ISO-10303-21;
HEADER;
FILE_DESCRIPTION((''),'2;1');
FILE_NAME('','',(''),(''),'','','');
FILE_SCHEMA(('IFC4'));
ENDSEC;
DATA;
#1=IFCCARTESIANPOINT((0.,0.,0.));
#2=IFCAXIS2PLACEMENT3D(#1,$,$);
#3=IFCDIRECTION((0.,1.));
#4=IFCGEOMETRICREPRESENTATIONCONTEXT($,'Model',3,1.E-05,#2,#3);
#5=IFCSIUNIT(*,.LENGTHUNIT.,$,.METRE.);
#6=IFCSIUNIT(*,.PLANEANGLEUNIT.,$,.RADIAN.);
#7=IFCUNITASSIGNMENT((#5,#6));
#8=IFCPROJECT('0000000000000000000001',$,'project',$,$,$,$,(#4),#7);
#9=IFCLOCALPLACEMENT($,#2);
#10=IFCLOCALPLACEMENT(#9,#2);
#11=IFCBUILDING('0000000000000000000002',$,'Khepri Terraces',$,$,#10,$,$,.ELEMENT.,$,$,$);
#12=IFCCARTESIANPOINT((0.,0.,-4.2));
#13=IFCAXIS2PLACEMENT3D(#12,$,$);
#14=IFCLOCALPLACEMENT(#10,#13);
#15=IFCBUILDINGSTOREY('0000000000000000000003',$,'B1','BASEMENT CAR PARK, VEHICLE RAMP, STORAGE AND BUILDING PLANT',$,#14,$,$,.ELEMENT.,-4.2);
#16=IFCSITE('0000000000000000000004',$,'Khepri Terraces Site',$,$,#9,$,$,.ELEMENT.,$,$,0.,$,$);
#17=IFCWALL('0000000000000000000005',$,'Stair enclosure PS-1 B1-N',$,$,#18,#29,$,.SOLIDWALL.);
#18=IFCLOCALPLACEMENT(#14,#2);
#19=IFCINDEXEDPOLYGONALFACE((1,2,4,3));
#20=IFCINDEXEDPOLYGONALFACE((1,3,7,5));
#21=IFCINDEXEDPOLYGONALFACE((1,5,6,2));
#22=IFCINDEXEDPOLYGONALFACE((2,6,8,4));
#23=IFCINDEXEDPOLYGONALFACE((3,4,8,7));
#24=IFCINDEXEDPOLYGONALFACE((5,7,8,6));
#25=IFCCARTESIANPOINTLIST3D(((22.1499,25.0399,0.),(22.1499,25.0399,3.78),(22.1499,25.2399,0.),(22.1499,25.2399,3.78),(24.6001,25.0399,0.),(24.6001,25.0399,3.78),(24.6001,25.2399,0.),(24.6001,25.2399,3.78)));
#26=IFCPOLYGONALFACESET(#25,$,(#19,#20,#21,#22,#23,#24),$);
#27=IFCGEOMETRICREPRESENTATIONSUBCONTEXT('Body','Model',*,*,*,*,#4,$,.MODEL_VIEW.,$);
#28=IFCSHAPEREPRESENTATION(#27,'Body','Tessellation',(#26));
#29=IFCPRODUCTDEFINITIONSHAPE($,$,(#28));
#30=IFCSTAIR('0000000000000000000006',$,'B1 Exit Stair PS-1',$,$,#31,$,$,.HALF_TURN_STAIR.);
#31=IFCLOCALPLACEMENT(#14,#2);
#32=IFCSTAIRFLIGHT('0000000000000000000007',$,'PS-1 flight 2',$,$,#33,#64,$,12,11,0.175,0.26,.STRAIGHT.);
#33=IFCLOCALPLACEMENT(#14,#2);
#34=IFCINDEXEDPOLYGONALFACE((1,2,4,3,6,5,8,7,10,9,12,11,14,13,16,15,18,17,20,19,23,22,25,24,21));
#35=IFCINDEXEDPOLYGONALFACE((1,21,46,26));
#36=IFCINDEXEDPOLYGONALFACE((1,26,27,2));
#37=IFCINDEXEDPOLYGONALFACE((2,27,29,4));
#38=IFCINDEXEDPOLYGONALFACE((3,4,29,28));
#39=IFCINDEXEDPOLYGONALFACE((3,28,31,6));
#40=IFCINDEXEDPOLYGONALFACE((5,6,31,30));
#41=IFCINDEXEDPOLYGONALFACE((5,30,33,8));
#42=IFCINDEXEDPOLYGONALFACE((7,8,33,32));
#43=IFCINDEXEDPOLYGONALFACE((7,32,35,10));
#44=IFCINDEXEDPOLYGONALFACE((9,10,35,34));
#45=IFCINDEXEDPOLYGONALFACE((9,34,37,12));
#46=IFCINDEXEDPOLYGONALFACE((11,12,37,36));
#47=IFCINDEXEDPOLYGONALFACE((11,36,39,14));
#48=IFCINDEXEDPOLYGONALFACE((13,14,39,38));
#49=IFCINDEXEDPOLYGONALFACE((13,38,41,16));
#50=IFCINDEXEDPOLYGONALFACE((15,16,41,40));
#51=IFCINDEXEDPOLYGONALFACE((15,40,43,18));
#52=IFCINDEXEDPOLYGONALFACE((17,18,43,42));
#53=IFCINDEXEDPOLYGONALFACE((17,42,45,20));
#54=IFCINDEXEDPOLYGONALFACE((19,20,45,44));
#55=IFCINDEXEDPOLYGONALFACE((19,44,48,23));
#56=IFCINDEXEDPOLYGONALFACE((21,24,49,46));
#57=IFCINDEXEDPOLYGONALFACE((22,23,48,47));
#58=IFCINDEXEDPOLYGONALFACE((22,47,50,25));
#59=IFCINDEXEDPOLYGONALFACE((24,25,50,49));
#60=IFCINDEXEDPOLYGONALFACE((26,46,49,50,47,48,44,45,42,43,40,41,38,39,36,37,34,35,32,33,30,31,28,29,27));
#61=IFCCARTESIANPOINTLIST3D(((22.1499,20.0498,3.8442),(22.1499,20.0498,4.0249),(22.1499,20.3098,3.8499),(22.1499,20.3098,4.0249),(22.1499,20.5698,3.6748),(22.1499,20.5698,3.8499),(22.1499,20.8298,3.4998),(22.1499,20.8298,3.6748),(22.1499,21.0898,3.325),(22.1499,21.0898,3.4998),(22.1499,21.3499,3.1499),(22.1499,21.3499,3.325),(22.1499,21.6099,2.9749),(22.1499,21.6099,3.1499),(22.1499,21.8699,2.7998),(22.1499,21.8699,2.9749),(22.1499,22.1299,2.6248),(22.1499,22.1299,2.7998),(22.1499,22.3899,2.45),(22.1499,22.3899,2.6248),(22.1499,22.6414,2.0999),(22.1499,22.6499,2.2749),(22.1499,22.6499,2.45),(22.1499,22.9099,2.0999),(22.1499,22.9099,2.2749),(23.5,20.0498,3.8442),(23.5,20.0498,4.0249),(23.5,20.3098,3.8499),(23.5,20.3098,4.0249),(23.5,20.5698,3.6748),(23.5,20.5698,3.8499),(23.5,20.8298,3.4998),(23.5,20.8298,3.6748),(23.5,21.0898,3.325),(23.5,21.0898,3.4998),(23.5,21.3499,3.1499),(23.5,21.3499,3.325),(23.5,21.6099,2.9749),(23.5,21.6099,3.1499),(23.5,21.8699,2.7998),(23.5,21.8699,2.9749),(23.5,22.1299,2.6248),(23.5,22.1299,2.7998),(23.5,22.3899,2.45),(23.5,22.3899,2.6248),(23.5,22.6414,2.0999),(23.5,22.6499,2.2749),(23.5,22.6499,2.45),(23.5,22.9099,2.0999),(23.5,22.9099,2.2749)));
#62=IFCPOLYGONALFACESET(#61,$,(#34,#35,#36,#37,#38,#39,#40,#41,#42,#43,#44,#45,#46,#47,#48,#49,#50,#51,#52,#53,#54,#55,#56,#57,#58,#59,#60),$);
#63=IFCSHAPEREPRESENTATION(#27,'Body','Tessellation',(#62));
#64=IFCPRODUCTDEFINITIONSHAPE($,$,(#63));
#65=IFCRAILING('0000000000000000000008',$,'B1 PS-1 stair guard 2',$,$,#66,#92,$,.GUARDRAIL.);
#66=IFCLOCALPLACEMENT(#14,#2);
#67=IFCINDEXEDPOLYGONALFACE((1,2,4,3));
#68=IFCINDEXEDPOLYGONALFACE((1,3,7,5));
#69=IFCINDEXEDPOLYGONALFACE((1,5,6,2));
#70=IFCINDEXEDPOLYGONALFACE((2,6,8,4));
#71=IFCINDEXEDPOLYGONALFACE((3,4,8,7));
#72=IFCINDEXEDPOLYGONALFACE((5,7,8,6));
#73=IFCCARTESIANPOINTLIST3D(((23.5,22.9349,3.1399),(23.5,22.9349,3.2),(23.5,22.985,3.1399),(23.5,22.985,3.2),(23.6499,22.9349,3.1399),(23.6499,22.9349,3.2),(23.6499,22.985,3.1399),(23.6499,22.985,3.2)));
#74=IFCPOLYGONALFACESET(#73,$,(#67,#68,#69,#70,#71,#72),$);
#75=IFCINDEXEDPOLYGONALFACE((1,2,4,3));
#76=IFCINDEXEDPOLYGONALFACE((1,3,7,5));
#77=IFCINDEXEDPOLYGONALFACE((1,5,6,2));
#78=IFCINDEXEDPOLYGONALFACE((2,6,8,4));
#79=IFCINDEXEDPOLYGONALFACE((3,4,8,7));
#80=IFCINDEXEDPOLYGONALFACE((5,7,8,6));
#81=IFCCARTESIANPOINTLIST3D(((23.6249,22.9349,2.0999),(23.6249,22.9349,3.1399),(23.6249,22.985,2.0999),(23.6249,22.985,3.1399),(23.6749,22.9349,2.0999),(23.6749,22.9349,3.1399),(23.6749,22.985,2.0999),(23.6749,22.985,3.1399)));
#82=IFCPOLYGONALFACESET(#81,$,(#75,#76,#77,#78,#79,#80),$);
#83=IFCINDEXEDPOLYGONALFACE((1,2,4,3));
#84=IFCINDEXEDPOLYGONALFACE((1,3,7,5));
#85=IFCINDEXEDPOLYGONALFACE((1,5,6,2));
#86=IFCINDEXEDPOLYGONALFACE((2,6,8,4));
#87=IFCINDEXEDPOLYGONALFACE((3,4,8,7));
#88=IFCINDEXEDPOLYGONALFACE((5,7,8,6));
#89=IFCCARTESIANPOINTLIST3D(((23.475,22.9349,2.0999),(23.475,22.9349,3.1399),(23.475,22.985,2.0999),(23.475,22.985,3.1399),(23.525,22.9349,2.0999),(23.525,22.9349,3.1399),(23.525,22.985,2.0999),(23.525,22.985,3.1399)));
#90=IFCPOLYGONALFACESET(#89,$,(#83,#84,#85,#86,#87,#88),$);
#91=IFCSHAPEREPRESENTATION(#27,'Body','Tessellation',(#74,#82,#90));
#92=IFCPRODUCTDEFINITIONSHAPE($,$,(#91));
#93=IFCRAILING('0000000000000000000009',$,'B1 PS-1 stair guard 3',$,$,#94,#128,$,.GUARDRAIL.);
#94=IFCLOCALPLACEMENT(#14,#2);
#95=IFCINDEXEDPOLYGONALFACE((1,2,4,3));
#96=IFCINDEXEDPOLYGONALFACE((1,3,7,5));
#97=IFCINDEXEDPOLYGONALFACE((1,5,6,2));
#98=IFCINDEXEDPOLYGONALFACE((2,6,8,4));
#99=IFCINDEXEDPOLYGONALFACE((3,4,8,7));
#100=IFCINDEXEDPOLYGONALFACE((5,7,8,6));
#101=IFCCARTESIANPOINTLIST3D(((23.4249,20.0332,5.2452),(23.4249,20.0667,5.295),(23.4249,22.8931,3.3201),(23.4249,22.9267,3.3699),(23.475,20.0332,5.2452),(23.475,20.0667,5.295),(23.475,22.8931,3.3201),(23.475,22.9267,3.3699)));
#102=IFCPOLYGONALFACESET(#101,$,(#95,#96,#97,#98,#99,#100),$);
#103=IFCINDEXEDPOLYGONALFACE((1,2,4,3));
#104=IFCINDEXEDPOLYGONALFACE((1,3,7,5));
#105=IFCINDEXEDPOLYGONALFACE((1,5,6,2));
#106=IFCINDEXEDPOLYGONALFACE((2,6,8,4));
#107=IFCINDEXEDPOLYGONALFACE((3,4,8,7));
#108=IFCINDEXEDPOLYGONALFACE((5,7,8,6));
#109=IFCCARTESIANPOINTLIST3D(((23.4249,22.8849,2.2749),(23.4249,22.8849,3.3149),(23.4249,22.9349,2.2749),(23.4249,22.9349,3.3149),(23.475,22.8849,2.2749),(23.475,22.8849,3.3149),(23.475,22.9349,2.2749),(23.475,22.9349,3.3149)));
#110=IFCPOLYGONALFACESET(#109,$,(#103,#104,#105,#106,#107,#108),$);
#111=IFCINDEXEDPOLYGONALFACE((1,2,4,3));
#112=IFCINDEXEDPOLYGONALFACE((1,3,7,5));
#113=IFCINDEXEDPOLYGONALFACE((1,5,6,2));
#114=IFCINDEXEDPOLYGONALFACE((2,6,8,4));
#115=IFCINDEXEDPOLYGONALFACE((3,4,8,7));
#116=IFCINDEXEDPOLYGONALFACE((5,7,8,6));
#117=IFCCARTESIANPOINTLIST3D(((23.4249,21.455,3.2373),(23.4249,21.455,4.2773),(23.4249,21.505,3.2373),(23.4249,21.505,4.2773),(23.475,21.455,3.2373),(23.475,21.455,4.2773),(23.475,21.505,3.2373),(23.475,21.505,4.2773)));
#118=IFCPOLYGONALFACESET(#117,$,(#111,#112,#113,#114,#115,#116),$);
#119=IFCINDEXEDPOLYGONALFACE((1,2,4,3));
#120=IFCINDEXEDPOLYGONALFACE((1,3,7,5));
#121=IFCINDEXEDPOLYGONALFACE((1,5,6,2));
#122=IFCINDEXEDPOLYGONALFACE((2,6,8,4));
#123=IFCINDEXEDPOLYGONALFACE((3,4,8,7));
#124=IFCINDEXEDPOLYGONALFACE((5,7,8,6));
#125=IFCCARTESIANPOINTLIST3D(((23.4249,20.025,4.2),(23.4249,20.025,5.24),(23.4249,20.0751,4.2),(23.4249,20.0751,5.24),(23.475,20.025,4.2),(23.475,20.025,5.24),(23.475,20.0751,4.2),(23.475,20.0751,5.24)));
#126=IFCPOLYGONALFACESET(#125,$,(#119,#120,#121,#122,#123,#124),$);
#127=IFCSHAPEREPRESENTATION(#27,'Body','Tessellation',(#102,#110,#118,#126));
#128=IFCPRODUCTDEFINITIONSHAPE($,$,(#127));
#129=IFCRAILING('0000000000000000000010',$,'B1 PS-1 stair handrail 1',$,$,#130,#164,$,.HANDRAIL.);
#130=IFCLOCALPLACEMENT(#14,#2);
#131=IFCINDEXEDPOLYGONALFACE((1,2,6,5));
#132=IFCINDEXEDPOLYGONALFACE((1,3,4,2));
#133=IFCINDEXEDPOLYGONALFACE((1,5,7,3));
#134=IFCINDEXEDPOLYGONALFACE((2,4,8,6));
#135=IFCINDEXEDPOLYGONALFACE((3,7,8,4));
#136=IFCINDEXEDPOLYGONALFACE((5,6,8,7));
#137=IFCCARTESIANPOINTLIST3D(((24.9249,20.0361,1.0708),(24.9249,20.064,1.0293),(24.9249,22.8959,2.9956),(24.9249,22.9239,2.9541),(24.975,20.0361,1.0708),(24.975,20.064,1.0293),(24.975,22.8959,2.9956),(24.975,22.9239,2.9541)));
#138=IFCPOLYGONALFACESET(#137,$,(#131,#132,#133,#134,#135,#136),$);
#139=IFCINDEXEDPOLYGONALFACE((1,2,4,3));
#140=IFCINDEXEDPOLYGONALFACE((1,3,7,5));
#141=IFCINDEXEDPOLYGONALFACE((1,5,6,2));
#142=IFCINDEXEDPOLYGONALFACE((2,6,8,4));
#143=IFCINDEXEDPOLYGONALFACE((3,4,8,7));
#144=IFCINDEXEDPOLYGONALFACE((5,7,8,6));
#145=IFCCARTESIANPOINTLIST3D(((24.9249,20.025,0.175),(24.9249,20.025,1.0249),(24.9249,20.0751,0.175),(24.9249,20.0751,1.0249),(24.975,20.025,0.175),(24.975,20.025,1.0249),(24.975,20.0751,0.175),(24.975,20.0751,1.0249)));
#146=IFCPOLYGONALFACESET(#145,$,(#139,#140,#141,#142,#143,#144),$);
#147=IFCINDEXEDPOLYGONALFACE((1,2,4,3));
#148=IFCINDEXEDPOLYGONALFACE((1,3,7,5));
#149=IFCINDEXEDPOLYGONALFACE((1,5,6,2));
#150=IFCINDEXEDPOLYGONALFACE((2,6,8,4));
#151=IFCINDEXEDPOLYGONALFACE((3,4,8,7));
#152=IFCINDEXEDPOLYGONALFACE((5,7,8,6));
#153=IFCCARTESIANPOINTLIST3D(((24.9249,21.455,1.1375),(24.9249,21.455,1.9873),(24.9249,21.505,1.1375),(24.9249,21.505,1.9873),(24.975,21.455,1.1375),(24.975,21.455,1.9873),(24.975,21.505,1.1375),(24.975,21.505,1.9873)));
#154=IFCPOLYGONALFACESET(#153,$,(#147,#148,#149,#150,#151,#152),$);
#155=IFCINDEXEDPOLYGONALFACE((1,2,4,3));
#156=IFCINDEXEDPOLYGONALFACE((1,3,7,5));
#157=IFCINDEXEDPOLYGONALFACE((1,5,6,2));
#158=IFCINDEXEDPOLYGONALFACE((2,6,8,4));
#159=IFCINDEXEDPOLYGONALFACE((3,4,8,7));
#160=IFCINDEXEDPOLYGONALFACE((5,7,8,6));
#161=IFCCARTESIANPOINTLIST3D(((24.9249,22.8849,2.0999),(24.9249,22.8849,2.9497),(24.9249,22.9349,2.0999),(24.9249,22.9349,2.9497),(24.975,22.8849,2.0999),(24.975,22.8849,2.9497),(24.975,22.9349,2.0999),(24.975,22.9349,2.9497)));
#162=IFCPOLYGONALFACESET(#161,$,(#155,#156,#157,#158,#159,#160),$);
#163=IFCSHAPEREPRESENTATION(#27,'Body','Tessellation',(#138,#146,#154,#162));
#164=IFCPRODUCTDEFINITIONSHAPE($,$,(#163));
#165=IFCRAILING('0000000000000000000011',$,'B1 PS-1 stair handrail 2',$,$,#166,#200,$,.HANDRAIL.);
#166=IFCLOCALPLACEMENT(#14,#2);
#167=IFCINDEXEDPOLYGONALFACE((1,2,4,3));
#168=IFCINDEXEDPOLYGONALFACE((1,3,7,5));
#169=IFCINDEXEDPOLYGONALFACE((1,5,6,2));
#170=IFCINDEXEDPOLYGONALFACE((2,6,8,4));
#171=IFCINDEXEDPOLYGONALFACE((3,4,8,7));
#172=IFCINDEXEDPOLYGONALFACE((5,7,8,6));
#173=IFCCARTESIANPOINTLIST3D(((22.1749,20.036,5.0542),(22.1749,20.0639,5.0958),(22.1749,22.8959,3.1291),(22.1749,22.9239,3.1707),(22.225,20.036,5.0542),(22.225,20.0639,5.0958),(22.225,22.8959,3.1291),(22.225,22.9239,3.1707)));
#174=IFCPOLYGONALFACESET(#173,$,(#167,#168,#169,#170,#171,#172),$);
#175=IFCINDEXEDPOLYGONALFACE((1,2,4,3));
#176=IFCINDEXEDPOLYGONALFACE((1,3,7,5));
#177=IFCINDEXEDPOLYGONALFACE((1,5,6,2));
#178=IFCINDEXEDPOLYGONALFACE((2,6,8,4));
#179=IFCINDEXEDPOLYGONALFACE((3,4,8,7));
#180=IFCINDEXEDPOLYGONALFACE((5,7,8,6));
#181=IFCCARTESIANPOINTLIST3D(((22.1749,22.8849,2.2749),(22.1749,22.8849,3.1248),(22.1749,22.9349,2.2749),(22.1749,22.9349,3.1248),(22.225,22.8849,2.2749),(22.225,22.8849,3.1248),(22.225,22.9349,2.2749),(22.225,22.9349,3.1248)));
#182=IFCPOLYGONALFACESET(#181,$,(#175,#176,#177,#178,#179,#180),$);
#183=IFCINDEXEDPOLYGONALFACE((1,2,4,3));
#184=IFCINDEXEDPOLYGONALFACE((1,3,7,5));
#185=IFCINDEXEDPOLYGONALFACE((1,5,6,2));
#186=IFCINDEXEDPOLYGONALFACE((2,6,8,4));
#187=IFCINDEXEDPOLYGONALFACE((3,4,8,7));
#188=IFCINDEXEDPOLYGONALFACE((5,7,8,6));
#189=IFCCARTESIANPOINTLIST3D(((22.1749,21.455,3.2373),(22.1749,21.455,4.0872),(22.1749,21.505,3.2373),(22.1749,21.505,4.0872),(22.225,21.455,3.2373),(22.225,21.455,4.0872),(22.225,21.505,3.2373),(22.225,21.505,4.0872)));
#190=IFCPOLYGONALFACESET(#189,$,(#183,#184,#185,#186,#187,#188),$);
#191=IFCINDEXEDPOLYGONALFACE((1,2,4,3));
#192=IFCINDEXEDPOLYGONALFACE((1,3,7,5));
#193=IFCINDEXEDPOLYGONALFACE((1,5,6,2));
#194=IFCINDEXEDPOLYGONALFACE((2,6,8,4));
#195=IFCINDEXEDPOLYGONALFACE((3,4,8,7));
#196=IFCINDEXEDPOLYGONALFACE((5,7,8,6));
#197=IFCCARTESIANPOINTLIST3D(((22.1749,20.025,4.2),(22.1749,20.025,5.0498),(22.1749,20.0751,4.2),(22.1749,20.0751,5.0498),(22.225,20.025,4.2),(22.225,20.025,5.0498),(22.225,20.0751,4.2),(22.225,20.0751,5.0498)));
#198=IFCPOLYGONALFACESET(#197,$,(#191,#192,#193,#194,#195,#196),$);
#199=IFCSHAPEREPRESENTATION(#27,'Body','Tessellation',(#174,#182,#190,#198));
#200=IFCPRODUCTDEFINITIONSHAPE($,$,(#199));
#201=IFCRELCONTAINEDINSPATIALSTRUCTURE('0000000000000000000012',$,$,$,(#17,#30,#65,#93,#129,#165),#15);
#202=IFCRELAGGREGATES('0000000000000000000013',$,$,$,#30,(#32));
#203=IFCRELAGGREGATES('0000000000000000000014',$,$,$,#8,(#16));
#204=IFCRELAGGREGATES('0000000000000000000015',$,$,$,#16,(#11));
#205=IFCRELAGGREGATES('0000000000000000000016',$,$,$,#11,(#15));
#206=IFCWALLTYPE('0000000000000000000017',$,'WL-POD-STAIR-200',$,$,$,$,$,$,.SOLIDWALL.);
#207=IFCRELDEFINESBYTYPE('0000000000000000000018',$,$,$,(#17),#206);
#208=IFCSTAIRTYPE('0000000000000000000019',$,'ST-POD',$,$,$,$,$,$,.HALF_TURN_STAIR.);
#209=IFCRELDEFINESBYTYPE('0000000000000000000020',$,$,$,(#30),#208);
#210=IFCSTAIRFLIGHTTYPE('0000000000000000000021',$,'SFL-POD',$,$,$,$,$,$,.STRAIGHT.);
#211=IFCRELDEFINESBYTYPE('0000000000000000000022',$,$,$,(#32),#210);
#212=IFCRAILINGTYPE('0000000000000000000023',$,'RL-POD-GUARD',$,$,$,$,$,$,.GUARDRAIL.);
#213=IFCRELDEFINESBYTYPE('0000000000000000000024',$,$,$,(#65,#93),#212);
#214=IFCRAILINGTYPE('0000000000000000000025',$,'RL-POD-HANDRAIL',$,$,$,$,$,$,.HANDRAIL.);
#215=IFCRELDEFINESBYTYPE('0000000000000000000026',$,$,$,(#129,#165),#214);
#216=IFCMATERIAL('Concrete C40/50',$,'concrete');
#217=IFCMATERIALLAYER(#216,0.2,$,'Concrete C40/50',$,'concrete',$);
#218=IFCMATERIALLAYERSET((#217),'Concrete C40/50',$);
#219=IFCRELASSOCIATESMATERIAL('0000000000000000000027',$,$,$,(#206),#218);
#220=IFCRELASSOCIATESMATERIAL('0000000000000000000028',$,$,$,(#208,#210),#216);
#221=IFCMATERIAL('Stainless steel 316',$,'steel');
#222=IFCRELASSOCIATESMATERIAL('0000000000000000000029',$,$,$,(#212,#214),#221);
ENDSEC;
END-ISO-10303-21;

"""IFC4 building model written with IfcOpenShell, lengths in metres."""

from ifc_helpers import new_model, si_unit, direction, frame, frame_2d, origin, origin_2d, place, context, subcontext, project, spatial, polyline, rectangle, outline, extrude, material, layer, layer_set, type_object, element, aggregate, save


model = new_model("IFC4")

# Units and contexts
model_context = context("Model", 3, precision=1e-05, world=origin(), true_north=direction((0.0, 1.0)))
body_context = subcontext(model_context, "Body", "Model", "MODEL_VIEW")
ifc_project = project(units=[si_unit("LENGTHUNIT", "METRE"), si_unit("PLANEANGLEUNIT", "RADIAN")], contexts=[model_context])

# Site, building, storey
site_placement = place(None, origin())
site = spatial("IfcSite", under=ifc_project, at=site_placement, Name="Khepri Terraces Site", CompositionType="ELEMENT", RefElevation=0.0)
building_placement = place(site_placement, origin())
building = spatial("IfcBuilding", under=site, at=building_placement, Name="Khepri Terraces", CompositionType="ELEMENT")
storey_placement = place(building_placement, frame((0.0, 0.0, -4.2)))
storey = spatial("IfcBuildingStorey", under=building, at=storey_placement, Name="B1", Description="BASEMENT CAR PARK, VEHICLE RAMP, STORAGE AND BUILDING PLANT", CompositionType="ELEMENT", Elevation=-4.2)

# Shared definitions
ifc_material_1 = material(Name="Concrete C40/50", Category="concrete")

# Wall
ifc_layer_1 = layer(ifc_material_1, 0.2, Name="Concrete C40/50", Category="concrete")
ifc_layer_set_1 = layer_set([ifc_layer_1], Name="Concrete C40/50")
wall_type_1 = type_object("IfcWallType", Name="WL-POD-STAIR-200", PredefinedType="SOLIDWALL", material=ifc_layer_set_1)
wall_1_placement = place(storey_placement, frame((22.1499, 25.1399, 0.0), z_axis=(0.0, 0.0, 1.0), x_axis=(1.0, 0.0, 0.0)))
element("IfcWall", 1, at=wall_1_placement, inside=storey, type_object=wall_type_1, Name="Stair enclosure PS-1 B1-N", PredefinedType="SOLIDWALL", context=body_context, shape_type="SweptSolid", body=[
    extrude(rectangle(XDim=2.4502, YDim=0.2, at=frame_2d((1.2251, 0.0))), origin(), (0.0, 0.0, 1.0), 3.78),
])

# Stair, stair flight
stair_type = type_object("IfcStairType", Name="ST-POD", PredefinedType="HALF_TURN_STAIR", material=ifc_material_1)
stair_placement = place(storey_placement, origin())
stair = element("IfcStair", 2, at=stair_placement, inside=storey, type_object=stair_type, Name="B1 Exit Stair PS-1", PredefinedType="HALF_TURN_STAIR")
stair_flight_type = type_object("IfcStairFlightType", Name="SFL-POD", PredefinedType="STRAIGHT", material=ifc_material_1)
stair_flight_placement = place(storey_placement, frame((22.825, 22.9099, 2.0999), z_axis=(0.0, 0.0, 1.0), x_axis=(0.0, -1.0, 0.0)))
stair_flight = element("IfcStairFlight", 3, at=stair_flight_placement, type_object=stair_flight_type, Name="PS-1 flight 2", NumberOfRisers=12, NumberOfTreads=11, PredefinedType="STRAIGHT", RiserHeight=0.175, TreadLength=0.26, context=body_context, shape_type="SweptSolid", body=[
    extrude(outline(polyline([(0.0, 0.0), (0.0, 0.175), (0.26, 0.175), (0.26, 0.3501), (0.52, 0.3501), (0.52, 0.5249), (0.78, 0.5249), (0.78, 0.7), (1.04, 0.7), (1.04, 0.875), (1.3, 0.875), (1.3, 1.05), (1.5601, 1.05), (1.5601, 1.2251), (1.8201, 1.2251), (1.8201, 1.3999), (2.0801, 1.3999), (2.0801, 1.575), (2.3401, 1.575), (2.3401, 1.75), (2.6001, 1.75), (2.6001, 1.925), (2.8601, 1.925), (2.8601, 2.1001), (2.8601, 1.7444), (0.2686, 0.0), (0.0, 0.0)])), frame((0.0, 0.675, 0.0), z_axis=(0.0, -1.0, 0.0), x_axis=(1.0, 0.0, 0.0)), (0.0, 0.0, 1.0), 1.3501),
])
aggregate(stair, [stair_flight])

# Railings
ifc_material_2 = material(Name="Stainless steel 316", Category="steel")
railing_type_1 = type_object("IfcRailingType", Name="RL-POD-GUARD", PredefinedType="GUARDRAIL", material=ifc_material_2)
railing_1_placement = place(storey_placement, frame((23.6499, 22.96, 2.0999)))
element("IfcRailing", 4, at=railing_1_placement, inside=storey, type_object=railing_type_1, Name="B1 PS-1 stair guard 2", PredefinedType="GUARDRAIL", context=body_context, shape_type="SweptSolid", body=[
    extrude(rectangle(XDim=0.05, YDim=0.0601, at=origin_2d()), frame((0.0, 0.0, 1.0701), z_axis=(-1.0, 0.0, 0.0), x_axis=(0.0, -1.0, 0.0)), (0.0, 0.0, 1.0), 0.1499),
    extrude(rectangle(XDim=0.05, YDim=0.05, at=origin_2d()), origin(), (0.0, 0.0, 1.0), 1.04),
    extrude(rectangle(XDim=0.05, YDim=0.05, at=origin_2d()), frame((-0.1499, 0.0, 0.0)), (0.0, 0.0, 1.0), 1.04),
])
railing_2_placement = place(storey_placement, frame((23.45, 22.9099, 2.2749)))
element("IfcRailing", 5, at=railing_2_placement, inside=storey, type_object=railing_type_1, Name="B1 PS-1 stair guard 3", PredefinedType="GUARDRAIL", context=body_context, shape_type="SweptSolid", body=[
    extrude(rectangle(XDim=0.05, YDim=0.0601, at=origin_2d()), frame((0.0, 0.0, 1.0701), z_axis=(0.0, -0.829569, 0.558404), x_axis=(1.0, 0.0, 0.0)), (0.0, 0.0, 1.0), 3.4475),
    extrude(rectangle(XDim=0.05, YDim=0.05, at=origin_2d()), origin(), (0.0, 0.0, 1.0), 1.04),
    extrude(rectangle(XDim=0.05, YDim=0.05, at=origin_2d()), frame((0.0, -1.4299, 0.9624)), (0.0, 0.0, 1.0), 1.04),
    extrude(rectangle(XDim=0.05, YDim=0.05, at=origin_2d()), frame((0.0, -2.8599, 1.925)), (0.0, 0.0, 1.0), 1.04),
])
railing_type_2 = type_object("IfcRailingType", Name="RL-POD-HANDRAIL", PredefinedType="HANDRAIL", material=ifc_material_2)
railing_3_placement = place(storey_placement, frame((24.95, 20.05, 0.175)))
element("IfcRailing", 6, at=railing_3_placement, inside=storey, type_object=railing_type_2, Name="B1 PS-1 stair handrail 1", PredefinedType="HANDRAIL", context=body_context, shape_type="SweptSolid", body=[
    extrude(rectangle(XDim=0.05, YDim=0.05, at=origin_2d()), frame((0.0, 0.0, 0.875), z_axis=(0.0, 0.829602, 0.558356), x_axis=(-1.0, 0.0, 0.0)), (0.0, 0.0, 1.0), 3.4473),
    extrude(rectangle(XDim=0.05, YDim=0.05, at=origin_2d()), origin(), (0.0, 0.0, 1.0), 0.8499),
    extrude(rectangle(XDim=0.05, YDim=0.05, at=origin_2d()), frame((0.0, 1.4299, 0.9624)), (0.0, 0.0, 1.0), 0.8499),
    extrude(rectangle(XDim=0.05, YDim=0.05, at=origin_2d()), frame((0.0, 2.8599, 1.9248)), (0.0, 0.0, 1.0), 0.8499),
])
railing_4_placement = place(storey_placement, frame((22.2, 22.9099, 2.2749)))
element("IfcRailing", 7, at=railing_4_placement, inside=storey, type_object=railing_type_2, Name="B1 PS-1 stair handrail 2", PredefinedType="HANDRAIL", context=body_context, shape_type="SweptSolid", body=[
    extrude(rectangle(XDim=0.05, YDim=0.05, at=origin_2d()), frame((0.0, 0.0, 0.875), z_axis=(0.0, -0.829569, 0.558404), x_axis=(1.0, 0.0, 0.0)), (0.0, 0.0, 1.0), 3.4475),
    extrude(rectangle(XDim=0.05, YDim=0.05, at=origin_2d()), origin(), (0.0, 0.0, 1.0), 0.8499),
    extrude(rectangle(XDim=0.05, YDim=0.05, at=origin_2d()), frame((0.0, -1.4299, 0.9624)), (0.0, 0.0, 1.0), 0.8499),
    extrude(rectangle(XDim=0.05, YDim=0.05, at=origin_2d()), frame((0.0, -2.8599, 1.925)), (0.0, 0.0, 1.0), 0.8499),
])

save(model, "model.ifc")
